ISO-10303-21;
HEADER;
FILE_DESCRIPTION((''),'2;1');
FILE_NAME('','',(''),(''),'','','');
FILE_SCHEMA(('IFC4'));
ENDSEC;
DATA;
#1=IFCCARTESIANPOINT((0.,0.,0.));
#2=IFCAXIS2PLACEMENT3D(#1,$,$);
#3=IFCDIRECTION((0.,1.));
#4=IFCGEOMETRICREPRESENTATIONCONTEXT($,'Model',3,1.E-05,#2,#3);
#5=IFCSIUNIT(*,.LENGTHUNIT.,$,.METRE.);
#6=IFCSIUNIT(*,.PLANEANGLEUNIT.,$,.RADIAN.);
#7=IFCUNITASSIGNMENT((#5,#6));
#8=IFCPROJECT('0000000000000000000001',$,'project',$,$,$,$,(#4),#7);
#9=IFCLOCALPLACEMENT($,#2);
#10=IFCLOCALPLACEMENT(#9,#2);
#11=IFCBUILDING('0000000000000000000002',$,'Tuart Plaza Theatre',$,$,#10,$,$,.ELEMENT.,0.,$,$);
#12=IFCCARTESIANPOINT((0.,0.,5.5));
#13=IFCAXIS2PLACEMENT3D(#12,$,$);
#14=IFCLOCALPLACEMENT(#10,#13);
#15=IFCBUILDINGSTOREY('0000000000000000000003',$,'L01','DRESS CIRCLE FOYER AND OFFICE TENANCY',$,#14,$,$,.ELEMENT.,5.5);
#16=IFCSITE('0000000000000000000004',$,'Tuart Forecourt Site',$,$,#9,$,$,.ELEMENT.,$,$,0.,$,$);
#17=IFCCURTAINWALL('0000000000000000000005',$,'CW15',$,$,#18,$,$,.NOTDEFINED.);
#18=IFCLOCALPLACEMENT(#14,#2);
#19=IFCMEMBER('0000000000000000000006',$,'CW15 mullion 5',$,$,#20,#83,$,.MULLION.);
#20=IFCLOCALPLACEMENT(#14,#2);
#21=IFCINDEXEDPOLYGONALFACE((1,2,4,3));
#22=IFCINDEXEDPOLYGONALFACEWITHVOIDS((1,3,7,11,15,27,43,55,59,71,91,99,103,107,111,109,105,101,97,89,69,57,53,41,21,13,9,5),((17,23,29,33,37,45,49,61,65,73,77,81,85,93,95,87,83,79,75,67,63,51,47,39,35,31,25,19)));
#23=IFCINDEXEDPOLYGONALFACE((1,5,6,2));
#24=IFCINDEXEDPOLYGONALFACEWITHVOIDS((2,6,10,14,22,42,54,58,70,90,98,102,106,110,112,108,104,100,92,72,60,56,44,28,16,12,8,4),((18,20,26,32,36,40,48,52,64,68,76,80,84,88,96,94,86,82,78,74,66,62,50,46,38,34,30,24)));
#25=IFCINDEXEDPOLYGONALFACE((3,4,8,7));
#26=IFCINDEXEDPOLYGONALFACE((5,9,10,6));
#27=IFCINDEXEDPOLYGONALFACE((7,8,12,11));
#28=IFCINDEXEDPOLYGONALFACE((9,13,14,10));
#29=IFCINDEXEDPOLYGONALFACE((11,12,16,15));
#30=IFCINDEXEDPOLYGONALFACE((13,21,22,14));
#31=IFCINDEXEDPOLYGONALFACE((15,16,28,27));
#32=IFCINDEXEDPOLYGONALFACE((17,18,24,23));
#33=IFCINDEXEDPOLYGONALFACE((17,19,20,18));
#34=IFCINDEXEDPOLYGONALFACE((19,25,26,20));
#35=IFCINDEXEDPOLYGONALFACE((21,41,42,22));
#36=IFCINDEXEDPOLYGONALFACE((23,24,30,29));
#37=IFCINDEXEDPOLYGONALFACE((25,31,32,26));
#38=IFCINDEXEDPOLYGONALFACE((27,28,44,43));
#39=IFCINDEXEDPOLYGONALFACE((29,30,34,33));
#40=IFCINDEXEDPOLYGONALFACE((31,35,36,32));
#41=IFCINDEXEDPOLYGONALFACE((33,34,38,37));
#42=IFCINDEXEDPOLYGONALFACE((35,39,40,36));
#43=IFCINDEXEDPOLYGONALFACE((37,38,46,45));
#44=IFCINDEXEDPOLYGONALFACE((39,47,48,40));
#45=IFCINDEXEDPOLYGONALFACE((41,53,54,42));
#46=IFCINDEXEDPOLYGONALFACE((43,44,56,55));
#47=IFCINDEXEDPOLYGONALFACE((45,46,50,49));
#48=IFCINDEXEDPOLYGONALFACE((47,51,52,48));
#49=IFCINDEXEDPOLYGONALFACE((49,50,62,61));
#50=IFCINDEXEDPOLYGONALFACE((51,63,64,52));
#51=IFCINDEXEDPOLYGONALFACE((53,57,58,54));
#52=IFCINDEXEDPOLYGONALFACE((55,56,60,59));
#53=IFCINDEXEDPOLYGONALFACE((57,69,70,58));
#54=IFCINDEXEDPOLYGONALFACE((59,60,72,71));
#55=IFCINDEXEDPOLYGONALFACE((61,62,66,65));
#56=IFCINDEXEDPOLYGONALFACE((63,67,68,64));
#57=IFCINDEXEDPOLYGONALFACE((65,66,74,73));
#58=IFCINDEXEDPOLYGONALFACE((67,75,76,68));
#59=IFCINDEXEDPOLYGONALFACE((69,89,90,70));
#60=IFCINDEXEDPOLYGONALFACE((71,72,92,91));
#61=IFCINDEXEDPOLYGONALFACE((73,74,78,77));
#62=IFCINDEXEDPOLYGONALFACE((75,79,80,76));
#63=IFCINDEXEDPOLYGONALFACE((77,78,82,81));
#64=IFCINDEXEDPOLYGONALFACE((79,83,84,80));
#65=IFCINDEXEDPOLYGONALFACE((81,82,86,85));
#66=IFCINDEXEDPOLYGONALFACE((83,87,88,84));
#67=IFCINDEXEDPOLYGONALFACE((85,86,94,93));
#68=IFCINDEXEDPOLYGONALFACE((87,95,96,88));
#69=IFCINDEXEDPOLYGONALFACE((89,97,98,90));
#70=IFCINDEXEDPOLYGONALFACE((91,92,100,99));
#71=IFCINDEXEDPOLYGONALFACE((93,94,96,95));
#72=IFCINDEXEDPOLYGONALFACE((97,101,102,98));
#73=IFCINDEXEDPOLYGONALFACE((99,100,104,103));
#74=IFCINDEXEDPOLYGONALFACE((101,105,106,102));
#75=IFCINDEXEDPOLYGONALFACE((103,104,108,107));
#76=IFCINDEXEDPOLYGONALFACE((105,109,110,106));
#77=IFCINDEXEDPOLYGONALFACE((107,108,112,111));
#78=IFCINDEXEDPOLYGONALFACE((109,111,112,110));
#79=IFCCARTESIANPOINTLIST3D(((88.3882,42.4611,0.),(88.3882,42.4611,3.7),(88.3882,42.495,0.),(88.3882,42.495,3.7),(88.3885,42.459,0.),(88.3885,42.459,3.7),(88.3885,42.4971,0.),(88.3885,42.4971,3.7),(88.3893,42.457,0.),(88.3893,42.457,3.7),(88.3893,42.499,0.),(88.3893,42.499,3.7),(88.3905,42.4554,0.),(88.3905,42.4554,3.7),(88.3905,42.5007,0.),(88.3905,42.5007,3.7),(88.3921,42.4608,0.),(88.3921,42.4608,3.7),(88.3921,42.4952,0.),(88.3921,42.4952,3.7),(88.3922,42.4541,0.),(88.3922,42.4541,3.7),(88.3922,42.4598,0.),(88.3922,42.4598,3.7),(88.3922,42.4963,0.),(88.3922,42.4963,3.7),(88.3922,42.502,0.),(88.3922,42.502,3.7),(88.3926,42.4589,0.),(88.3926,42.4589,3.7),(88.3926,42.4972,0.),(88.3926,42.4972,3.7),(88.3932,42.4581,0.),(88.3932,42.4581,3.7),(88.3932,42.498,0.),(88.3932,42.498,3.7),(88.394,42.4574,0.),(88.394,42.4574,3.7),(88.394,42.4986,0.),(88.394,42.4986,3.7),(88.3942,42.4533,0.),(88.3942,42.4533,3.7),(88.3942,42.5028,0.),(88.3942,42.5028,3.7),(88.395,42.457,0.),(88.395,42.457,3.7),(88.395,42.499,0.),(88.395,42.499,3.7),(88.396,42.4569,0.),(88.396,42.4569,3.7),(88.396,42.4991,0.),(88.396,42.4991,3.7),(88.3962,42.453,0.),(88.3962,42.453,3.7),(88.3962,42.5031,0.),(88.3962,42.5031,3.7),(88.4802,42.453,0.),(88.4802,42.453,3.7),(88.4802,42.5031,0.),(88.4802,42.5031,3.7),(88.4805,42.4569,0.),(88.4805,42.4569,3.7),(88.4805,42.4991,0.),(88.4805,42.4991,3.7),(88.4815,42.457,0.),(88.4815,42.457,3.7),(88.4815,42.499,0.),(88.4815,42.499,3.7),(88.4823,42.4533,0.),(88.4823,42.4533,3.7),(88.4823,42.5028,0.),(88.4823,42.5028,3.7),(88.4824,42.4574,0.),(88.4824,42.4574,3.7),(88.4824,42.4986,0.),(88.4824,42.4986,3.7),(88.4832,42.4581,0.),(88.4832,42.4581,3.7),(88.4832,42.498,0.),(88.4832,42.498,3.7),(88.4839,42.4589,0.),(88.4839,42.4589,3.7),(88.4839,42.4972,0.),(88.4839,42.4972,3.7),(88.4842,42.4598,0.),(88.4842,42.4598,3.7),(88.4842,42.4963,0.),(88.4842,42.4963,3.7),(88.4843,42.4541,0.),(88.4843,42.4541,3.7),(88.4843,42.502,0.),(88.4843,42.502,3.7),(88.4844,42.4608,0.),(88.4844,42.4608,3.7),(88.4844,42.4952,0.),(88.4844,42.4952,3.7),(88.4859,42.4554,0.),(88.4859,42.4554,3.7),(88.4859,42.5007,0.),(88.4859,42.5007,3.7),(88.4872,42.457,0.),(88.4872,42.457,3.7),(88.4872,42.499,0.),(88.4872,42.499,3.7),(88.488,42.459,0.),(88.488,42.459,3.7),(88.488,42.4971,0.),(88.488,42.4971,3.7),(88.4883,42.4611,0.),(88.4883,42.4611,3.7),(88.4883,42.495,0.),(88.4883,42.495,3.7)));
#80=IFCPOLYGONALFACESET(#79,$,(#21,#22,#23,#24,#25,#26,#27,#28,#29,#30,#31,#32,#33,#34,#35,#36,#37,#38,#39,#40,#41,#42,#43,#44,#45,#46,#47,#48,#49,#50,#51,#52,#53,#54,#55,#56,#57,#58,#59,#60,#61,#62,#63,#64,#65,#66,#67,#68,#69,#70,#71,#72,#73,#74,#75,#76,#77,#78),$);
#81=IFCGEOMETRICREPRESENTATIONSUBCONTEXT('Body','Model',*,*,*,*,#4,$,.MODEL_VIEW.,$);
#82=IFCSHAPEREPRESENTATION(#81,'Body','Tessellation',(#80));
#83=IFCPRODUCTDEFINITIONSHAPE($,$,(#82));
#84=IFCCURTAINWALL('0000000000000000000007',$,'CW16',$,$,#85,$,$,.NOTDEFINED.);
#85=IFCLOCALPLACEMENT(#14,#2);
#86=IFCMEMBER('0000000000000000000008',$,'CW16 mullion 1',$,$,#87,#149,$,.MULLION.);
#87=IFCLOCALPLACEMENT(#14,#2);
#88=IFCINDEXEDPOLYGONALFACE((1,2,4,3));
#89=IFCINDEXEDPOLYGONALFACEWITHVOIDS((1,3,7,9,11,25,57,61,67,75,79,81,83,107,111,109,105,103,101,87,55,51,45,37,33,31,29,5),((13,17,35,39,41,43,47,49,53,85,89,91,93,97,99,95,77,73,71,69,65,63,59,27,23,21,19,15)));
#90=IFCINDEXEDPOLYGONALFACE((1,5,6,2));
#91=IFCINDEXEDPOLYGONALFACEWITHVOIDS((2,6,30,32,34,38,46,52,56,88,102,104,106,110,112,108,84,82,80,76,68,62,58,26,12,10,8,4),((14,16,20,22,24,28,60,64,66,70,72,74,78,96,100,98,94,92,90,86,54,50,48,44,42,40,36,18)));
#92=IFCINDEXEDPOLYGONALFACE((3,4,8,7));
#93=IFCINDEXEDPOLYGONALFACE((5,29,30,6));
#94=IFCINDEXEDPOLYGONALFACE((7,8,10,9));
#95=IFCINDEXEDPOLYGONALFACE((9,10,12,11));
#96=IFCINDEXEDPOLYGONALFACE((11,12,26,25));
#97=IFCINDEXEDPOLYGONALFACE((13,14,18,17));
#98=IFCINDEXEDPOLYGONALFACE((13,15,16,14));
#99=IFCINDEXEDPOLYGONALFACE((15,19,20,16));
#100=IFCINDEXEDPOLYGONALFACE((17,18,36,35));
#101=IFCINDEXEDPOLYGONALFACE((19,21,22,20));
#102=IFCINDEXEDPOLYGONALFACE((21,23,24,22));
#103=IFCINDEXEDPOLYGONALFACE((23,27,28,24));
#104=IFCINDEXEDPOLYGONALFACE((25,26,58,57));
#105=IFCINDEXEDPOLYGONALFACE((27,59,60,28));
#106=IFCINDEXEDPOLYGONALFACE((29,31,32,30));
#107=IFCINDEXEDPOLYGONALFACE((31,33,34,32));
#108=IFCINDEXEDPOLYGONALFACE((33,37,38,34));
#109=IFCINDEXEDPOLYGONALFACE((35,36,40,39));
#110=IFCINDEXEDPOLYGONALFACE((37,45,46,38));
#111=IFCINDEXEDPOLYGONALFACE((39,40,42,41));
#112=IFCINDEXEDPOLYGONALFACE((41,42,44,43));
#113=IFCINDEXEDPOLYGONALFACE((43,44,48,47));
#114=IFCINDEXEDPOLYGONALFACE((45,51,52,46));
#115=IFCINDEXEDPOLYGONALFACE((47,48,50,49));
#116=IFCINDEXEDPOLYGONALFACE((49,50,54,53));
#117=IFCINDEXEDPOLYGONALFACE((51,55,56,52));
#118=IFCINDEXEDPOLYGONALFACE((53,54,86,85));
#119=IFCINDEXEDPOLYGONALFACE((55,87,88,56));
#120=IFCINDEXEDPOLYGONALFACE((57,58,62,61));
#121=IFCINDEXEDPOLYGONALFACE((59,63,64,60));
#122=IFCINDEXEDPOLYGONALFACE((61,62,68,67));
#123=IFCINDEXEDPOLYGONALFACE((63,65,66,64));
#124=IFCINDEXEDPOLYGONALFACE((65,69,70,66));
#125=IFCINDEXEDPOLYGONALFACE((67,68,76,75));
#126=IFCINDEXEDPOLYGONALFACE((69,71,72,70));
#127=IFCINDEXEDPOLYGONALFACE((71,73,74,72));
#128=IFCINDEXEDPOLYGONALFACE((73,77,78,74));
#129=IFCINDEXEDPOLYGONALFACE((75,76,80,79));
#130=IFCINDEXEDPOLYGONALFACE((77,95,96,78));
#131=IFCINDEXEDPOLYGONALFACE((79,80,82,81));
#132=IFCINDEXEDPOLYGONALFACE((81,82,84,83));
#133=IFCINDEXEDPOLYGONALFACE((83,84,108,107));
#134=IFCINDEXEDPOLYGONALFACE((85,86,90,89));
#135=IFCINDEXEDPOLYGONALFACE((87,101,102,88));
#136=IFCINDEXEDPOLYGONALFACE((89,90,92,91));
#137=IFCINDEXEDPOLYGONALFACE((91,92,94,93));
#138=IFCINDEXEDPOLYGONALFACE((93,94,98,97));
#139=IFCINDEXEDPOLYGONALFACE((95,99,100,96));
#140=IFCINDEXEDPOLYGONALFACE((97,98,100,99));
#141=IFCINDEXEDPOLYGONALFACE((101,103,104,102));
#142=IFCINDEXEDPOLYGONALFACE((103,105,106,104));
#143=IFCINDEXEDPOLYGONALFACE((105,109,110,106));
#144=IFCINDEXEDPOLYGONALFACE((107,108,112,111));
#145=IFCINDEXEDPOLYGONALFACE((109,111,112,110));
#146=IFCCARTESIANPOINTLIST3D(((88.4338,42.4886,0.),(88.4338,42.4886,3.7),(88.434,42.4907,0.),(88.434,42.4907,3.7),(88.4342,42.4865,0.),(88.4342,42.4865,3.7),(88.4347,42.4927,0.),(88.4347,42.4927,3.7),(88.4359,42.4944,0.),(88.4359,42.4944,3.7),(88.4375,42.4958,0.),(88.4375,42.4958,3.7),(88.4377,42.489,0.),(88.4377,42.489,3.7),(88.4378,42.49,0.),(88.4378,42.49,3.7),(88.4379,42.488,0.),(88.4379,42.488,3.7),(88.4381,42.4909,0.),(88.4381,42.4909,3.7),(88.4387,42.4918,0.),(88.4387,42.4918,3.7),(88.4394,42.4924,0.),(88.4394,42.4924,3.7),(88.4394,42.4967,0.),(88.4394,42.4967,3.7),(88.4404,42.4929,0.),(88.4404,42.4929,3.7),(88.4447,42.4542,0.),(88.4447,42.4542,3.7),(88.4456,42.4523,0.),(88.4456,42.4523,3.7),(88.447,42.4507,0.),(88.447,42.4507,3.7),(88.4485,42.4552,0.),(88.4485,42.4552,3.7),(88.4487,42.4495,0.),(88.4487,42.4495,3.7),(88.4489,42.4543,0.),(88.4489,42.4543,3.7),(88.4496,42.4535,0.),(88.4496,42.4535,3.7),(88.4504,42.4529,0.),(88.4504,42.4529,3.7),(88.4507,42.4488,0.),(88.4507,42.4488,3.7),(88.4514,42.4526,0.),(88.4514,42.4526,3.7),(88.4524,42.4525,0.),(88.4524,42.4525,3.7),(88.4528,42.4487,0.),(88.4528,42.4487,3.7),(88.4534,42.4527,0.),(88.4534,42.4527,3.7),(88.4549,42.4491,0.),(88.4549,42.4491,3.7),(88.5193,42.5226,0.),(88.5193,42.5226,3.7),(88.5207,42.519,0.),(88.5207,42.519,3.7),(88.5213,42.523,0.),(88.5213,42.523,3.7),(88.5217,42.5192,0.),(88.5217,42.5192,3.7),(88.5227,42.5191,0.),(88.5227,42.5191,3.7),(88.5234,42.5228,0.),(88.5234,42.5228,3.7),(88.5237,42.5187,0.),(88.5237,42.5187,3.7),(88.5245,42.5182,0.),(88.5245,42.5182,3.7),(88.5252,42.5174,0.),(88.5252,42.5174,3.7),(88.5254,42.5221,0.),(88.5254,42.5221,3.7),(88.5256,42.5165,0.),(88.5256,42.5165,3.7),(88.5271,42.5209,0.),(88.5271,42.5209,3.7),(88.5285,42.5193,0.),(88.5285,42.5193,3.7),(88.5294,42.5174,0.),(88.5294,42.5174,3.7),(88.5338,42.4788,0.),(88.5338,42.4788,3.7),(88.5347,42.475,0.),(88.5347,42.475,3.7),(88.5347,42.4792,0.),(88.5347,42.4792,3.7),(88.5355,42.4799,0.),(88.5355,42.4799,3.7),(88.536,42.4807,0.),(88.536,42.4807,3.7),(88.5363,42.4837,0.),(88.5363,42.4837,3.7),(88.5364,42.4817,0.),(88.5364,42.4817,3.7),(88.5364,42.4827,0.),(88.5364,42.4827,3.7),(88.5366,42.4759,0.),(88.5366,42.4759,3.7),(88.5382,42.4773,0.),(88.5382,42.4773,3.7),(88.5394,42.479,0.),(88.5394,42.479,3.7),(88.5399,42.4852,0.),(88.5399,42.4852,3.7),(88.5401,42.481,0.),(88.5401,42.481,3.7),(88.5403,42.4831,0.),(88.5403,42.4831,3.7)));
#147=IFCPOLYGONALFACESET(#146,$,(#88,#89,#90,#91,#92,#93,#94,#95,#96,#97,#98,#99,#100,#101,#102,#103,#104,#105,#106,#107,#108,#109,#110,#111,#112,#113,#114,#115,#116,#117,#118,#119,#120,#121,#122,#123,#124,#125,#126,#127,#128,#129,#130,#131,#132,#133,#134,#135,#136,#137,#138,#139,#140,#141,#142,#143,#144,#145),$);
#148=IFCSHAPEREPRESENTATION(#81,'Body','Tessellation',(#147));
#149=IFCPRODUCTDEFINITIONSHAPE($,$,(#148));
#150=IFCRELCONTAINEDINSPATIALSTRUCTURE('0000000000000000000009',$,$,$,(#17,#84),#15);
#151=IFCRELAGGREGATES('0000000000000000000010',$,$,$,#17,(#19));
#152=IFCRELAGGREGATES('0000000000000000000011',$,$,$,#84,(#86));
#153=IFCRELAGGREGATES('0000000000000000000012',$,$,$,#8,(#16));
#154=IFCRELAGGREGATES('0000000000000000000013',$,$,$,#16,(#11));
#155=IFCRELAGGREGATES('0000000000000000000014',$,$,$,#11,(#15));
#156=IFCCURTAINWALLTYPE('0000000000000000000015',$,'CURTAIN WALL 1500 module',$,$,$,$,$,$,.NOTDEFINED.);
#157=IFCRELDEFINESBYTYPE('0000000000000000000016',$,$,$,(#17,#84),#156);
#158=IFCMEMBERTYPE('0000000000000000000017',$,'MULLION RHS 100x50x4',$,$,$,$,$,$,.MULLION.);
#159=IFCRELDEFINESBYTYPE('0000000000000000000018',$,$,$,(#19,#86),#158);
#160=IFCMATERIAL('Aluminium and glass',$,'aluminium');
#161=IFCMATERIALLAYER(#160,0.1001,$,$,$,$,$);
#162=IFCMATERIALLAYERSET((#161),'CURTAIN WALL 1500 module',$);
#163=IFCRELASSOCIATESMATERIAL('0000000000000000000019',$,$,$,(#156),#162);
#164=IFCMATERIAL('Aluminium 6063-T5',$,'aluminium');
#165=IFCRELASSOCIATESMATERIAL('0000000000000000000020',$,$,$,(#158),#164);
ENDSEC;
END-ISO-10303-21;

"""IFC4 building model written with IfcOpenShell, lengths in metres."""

from ifc_helpers import new_model, si_unit, direction, frame, origin, origin_2d, place, context, subcontext, project, spatial, hollow_rectangle, extrude, material, layer, layer_set, material_profile, profile_set, type_object, element, aggregate, save


model = new_model("IFC4")

# Units and contexts
model_context = context("Model", 3, precision=1e-05, world=origin(), true_north=direction((0.0, 1.0)))
body_context = subcontext(model_context, "Body", "Model", "MODEL_VIEW")
ifc_project = project(units=[si_unit("LENGTHUNIT", "METRE"), si_unit("PLANEANGLEUNIT", "RADIAN")], contexts=[model_context])

# Site, building, storey
site_placement = place(None, origin())
site = spatial("IfcSite", under=ifc_project, at=site_placement, Name="Tuart Forecourt Site", CompositionType="ELEMENT", RefElevation=0.0)
building_placement = place(site_placement, origin())
building = spatial("IfcBuilding", under=site, at=building_placement, Name="Tuart Plaza Theatre", CompositionType="ELEMENT", ElevationOfRefHeight=0.0)
storey_placement = place(building_placement, frame((0.0, 0.0, 5.5)))
storey = spatial("IfcBuildingStorey", under=building, at=storey_placement, Name="L01", Description="DRESS CIRCLE FOYER AND OFFICE TENANCY", CompositionType="ELEMENT", Elevation=5.5)

# Curtain wall, member
ifc_material_1 = material(Name="Aluminium and glass", Category="aluminium")
ifc_layer_1 = layer(ifc_material_1, 0.1001)
ifc_layer_set_1 = layer_set([ifc_layer_1], Name="CURTAIN WALL 1500 module")
curtain_wall_type = type_object("IfcCurtainWallType", Name="CURTAIN WALL 1500 module", PredefinedType="NOTDEFINED", material=ifc_layer_set_1)
curtain_wall_1_placement = place(storey_placement, origin())
curtain_wall_1 = element("IfcCurtainWall", 1, at=curtain_wall_1_placement, inside=storey, type_object=curtain_wall_type, Name="CW15", PredefinedType="NOTDEFINED")
ifc_material_2 = material(Name="Aluminium 6063-T5", Category="aluminium")
ifc_material_profile_1 = material_profile(ifc_material_2, hollow_rectangle(XDim=0.05, YDim=0.1001, WallThickness=0.0039, InnerFilletRadius=0.0039, OuterFilletRadius=0.0081, at=origin_2d()), Name="RHS 100x50x4")
ifc_profile_set_1 = profile_set([ifc_material_profile_1], Name="Aluminium 6063-T5")
member_type_1 = type_object("IfcMemberType", Name="MULLION RHS 100x50x4", PredefinedType="MULLION", material=ifc_profile_set_1)
member_1_placement = place(storey_placement, frame((88.4382, 42.478, 0.0), z_axis=(0.0, 0.0, 1.0), x_axis=(0.0, 1.0, 0.0)))
member_1 = element("IfcMember", 2, at=member_1_placement, type_object=member_type_1, Name="CW15 mullion 5", PredefinedType="MULLION", context=body_context, shape_type="SweptSolid", body=[
    extrude(hollow_rectangle(XDim=0.05, YDim=0.1001, WallThickness=0.0039, InnerFilletRadius=0.0039, OuterFilletRadius=0.0081, at=origin_2d()), origin(), (0.0, 0.0, 1.0), 3.7),
])

# Curtain wall, member
curtain_wall_2_placement = place(storey_placement, origin())
curtain_wall_2 = element("IfcCurtainWall", 3, at=curtain_wall_2_placement, inside=storey, type_object=curtain_wall_type, Name="CW16", PredefinedType="NOTDEFINED")
member_2_placement = place(storey_placement, frame((88.4871, 42.4858, 0.0), z_axis=(0.0, 0.0, 1.0), x_axis=(-0.309018, 0.951056, 0.0)))
member_2 = element("IfcMember", 4, at=member_2_placement, type_object=member_type_1, Name="CW16 mullion 1", PredefinedType="MULLION", context=body_context, shape_type="SweptSolid", body=[
    extrude(hollow_rectangle(XDim=0.05, YDim=0.1001, WallThickness=0.0039, InnerFilletRadius=0.0039, OuterFilletRadius=0.0081, at=origin_2d()), origin(), (0.0, 0.0, 1.0), 3.7),
])

aggregate(curtain_wall_1, [member_1])
aggregate(curtain_wall_2, [member_2])

save(model, "model.ifc")
